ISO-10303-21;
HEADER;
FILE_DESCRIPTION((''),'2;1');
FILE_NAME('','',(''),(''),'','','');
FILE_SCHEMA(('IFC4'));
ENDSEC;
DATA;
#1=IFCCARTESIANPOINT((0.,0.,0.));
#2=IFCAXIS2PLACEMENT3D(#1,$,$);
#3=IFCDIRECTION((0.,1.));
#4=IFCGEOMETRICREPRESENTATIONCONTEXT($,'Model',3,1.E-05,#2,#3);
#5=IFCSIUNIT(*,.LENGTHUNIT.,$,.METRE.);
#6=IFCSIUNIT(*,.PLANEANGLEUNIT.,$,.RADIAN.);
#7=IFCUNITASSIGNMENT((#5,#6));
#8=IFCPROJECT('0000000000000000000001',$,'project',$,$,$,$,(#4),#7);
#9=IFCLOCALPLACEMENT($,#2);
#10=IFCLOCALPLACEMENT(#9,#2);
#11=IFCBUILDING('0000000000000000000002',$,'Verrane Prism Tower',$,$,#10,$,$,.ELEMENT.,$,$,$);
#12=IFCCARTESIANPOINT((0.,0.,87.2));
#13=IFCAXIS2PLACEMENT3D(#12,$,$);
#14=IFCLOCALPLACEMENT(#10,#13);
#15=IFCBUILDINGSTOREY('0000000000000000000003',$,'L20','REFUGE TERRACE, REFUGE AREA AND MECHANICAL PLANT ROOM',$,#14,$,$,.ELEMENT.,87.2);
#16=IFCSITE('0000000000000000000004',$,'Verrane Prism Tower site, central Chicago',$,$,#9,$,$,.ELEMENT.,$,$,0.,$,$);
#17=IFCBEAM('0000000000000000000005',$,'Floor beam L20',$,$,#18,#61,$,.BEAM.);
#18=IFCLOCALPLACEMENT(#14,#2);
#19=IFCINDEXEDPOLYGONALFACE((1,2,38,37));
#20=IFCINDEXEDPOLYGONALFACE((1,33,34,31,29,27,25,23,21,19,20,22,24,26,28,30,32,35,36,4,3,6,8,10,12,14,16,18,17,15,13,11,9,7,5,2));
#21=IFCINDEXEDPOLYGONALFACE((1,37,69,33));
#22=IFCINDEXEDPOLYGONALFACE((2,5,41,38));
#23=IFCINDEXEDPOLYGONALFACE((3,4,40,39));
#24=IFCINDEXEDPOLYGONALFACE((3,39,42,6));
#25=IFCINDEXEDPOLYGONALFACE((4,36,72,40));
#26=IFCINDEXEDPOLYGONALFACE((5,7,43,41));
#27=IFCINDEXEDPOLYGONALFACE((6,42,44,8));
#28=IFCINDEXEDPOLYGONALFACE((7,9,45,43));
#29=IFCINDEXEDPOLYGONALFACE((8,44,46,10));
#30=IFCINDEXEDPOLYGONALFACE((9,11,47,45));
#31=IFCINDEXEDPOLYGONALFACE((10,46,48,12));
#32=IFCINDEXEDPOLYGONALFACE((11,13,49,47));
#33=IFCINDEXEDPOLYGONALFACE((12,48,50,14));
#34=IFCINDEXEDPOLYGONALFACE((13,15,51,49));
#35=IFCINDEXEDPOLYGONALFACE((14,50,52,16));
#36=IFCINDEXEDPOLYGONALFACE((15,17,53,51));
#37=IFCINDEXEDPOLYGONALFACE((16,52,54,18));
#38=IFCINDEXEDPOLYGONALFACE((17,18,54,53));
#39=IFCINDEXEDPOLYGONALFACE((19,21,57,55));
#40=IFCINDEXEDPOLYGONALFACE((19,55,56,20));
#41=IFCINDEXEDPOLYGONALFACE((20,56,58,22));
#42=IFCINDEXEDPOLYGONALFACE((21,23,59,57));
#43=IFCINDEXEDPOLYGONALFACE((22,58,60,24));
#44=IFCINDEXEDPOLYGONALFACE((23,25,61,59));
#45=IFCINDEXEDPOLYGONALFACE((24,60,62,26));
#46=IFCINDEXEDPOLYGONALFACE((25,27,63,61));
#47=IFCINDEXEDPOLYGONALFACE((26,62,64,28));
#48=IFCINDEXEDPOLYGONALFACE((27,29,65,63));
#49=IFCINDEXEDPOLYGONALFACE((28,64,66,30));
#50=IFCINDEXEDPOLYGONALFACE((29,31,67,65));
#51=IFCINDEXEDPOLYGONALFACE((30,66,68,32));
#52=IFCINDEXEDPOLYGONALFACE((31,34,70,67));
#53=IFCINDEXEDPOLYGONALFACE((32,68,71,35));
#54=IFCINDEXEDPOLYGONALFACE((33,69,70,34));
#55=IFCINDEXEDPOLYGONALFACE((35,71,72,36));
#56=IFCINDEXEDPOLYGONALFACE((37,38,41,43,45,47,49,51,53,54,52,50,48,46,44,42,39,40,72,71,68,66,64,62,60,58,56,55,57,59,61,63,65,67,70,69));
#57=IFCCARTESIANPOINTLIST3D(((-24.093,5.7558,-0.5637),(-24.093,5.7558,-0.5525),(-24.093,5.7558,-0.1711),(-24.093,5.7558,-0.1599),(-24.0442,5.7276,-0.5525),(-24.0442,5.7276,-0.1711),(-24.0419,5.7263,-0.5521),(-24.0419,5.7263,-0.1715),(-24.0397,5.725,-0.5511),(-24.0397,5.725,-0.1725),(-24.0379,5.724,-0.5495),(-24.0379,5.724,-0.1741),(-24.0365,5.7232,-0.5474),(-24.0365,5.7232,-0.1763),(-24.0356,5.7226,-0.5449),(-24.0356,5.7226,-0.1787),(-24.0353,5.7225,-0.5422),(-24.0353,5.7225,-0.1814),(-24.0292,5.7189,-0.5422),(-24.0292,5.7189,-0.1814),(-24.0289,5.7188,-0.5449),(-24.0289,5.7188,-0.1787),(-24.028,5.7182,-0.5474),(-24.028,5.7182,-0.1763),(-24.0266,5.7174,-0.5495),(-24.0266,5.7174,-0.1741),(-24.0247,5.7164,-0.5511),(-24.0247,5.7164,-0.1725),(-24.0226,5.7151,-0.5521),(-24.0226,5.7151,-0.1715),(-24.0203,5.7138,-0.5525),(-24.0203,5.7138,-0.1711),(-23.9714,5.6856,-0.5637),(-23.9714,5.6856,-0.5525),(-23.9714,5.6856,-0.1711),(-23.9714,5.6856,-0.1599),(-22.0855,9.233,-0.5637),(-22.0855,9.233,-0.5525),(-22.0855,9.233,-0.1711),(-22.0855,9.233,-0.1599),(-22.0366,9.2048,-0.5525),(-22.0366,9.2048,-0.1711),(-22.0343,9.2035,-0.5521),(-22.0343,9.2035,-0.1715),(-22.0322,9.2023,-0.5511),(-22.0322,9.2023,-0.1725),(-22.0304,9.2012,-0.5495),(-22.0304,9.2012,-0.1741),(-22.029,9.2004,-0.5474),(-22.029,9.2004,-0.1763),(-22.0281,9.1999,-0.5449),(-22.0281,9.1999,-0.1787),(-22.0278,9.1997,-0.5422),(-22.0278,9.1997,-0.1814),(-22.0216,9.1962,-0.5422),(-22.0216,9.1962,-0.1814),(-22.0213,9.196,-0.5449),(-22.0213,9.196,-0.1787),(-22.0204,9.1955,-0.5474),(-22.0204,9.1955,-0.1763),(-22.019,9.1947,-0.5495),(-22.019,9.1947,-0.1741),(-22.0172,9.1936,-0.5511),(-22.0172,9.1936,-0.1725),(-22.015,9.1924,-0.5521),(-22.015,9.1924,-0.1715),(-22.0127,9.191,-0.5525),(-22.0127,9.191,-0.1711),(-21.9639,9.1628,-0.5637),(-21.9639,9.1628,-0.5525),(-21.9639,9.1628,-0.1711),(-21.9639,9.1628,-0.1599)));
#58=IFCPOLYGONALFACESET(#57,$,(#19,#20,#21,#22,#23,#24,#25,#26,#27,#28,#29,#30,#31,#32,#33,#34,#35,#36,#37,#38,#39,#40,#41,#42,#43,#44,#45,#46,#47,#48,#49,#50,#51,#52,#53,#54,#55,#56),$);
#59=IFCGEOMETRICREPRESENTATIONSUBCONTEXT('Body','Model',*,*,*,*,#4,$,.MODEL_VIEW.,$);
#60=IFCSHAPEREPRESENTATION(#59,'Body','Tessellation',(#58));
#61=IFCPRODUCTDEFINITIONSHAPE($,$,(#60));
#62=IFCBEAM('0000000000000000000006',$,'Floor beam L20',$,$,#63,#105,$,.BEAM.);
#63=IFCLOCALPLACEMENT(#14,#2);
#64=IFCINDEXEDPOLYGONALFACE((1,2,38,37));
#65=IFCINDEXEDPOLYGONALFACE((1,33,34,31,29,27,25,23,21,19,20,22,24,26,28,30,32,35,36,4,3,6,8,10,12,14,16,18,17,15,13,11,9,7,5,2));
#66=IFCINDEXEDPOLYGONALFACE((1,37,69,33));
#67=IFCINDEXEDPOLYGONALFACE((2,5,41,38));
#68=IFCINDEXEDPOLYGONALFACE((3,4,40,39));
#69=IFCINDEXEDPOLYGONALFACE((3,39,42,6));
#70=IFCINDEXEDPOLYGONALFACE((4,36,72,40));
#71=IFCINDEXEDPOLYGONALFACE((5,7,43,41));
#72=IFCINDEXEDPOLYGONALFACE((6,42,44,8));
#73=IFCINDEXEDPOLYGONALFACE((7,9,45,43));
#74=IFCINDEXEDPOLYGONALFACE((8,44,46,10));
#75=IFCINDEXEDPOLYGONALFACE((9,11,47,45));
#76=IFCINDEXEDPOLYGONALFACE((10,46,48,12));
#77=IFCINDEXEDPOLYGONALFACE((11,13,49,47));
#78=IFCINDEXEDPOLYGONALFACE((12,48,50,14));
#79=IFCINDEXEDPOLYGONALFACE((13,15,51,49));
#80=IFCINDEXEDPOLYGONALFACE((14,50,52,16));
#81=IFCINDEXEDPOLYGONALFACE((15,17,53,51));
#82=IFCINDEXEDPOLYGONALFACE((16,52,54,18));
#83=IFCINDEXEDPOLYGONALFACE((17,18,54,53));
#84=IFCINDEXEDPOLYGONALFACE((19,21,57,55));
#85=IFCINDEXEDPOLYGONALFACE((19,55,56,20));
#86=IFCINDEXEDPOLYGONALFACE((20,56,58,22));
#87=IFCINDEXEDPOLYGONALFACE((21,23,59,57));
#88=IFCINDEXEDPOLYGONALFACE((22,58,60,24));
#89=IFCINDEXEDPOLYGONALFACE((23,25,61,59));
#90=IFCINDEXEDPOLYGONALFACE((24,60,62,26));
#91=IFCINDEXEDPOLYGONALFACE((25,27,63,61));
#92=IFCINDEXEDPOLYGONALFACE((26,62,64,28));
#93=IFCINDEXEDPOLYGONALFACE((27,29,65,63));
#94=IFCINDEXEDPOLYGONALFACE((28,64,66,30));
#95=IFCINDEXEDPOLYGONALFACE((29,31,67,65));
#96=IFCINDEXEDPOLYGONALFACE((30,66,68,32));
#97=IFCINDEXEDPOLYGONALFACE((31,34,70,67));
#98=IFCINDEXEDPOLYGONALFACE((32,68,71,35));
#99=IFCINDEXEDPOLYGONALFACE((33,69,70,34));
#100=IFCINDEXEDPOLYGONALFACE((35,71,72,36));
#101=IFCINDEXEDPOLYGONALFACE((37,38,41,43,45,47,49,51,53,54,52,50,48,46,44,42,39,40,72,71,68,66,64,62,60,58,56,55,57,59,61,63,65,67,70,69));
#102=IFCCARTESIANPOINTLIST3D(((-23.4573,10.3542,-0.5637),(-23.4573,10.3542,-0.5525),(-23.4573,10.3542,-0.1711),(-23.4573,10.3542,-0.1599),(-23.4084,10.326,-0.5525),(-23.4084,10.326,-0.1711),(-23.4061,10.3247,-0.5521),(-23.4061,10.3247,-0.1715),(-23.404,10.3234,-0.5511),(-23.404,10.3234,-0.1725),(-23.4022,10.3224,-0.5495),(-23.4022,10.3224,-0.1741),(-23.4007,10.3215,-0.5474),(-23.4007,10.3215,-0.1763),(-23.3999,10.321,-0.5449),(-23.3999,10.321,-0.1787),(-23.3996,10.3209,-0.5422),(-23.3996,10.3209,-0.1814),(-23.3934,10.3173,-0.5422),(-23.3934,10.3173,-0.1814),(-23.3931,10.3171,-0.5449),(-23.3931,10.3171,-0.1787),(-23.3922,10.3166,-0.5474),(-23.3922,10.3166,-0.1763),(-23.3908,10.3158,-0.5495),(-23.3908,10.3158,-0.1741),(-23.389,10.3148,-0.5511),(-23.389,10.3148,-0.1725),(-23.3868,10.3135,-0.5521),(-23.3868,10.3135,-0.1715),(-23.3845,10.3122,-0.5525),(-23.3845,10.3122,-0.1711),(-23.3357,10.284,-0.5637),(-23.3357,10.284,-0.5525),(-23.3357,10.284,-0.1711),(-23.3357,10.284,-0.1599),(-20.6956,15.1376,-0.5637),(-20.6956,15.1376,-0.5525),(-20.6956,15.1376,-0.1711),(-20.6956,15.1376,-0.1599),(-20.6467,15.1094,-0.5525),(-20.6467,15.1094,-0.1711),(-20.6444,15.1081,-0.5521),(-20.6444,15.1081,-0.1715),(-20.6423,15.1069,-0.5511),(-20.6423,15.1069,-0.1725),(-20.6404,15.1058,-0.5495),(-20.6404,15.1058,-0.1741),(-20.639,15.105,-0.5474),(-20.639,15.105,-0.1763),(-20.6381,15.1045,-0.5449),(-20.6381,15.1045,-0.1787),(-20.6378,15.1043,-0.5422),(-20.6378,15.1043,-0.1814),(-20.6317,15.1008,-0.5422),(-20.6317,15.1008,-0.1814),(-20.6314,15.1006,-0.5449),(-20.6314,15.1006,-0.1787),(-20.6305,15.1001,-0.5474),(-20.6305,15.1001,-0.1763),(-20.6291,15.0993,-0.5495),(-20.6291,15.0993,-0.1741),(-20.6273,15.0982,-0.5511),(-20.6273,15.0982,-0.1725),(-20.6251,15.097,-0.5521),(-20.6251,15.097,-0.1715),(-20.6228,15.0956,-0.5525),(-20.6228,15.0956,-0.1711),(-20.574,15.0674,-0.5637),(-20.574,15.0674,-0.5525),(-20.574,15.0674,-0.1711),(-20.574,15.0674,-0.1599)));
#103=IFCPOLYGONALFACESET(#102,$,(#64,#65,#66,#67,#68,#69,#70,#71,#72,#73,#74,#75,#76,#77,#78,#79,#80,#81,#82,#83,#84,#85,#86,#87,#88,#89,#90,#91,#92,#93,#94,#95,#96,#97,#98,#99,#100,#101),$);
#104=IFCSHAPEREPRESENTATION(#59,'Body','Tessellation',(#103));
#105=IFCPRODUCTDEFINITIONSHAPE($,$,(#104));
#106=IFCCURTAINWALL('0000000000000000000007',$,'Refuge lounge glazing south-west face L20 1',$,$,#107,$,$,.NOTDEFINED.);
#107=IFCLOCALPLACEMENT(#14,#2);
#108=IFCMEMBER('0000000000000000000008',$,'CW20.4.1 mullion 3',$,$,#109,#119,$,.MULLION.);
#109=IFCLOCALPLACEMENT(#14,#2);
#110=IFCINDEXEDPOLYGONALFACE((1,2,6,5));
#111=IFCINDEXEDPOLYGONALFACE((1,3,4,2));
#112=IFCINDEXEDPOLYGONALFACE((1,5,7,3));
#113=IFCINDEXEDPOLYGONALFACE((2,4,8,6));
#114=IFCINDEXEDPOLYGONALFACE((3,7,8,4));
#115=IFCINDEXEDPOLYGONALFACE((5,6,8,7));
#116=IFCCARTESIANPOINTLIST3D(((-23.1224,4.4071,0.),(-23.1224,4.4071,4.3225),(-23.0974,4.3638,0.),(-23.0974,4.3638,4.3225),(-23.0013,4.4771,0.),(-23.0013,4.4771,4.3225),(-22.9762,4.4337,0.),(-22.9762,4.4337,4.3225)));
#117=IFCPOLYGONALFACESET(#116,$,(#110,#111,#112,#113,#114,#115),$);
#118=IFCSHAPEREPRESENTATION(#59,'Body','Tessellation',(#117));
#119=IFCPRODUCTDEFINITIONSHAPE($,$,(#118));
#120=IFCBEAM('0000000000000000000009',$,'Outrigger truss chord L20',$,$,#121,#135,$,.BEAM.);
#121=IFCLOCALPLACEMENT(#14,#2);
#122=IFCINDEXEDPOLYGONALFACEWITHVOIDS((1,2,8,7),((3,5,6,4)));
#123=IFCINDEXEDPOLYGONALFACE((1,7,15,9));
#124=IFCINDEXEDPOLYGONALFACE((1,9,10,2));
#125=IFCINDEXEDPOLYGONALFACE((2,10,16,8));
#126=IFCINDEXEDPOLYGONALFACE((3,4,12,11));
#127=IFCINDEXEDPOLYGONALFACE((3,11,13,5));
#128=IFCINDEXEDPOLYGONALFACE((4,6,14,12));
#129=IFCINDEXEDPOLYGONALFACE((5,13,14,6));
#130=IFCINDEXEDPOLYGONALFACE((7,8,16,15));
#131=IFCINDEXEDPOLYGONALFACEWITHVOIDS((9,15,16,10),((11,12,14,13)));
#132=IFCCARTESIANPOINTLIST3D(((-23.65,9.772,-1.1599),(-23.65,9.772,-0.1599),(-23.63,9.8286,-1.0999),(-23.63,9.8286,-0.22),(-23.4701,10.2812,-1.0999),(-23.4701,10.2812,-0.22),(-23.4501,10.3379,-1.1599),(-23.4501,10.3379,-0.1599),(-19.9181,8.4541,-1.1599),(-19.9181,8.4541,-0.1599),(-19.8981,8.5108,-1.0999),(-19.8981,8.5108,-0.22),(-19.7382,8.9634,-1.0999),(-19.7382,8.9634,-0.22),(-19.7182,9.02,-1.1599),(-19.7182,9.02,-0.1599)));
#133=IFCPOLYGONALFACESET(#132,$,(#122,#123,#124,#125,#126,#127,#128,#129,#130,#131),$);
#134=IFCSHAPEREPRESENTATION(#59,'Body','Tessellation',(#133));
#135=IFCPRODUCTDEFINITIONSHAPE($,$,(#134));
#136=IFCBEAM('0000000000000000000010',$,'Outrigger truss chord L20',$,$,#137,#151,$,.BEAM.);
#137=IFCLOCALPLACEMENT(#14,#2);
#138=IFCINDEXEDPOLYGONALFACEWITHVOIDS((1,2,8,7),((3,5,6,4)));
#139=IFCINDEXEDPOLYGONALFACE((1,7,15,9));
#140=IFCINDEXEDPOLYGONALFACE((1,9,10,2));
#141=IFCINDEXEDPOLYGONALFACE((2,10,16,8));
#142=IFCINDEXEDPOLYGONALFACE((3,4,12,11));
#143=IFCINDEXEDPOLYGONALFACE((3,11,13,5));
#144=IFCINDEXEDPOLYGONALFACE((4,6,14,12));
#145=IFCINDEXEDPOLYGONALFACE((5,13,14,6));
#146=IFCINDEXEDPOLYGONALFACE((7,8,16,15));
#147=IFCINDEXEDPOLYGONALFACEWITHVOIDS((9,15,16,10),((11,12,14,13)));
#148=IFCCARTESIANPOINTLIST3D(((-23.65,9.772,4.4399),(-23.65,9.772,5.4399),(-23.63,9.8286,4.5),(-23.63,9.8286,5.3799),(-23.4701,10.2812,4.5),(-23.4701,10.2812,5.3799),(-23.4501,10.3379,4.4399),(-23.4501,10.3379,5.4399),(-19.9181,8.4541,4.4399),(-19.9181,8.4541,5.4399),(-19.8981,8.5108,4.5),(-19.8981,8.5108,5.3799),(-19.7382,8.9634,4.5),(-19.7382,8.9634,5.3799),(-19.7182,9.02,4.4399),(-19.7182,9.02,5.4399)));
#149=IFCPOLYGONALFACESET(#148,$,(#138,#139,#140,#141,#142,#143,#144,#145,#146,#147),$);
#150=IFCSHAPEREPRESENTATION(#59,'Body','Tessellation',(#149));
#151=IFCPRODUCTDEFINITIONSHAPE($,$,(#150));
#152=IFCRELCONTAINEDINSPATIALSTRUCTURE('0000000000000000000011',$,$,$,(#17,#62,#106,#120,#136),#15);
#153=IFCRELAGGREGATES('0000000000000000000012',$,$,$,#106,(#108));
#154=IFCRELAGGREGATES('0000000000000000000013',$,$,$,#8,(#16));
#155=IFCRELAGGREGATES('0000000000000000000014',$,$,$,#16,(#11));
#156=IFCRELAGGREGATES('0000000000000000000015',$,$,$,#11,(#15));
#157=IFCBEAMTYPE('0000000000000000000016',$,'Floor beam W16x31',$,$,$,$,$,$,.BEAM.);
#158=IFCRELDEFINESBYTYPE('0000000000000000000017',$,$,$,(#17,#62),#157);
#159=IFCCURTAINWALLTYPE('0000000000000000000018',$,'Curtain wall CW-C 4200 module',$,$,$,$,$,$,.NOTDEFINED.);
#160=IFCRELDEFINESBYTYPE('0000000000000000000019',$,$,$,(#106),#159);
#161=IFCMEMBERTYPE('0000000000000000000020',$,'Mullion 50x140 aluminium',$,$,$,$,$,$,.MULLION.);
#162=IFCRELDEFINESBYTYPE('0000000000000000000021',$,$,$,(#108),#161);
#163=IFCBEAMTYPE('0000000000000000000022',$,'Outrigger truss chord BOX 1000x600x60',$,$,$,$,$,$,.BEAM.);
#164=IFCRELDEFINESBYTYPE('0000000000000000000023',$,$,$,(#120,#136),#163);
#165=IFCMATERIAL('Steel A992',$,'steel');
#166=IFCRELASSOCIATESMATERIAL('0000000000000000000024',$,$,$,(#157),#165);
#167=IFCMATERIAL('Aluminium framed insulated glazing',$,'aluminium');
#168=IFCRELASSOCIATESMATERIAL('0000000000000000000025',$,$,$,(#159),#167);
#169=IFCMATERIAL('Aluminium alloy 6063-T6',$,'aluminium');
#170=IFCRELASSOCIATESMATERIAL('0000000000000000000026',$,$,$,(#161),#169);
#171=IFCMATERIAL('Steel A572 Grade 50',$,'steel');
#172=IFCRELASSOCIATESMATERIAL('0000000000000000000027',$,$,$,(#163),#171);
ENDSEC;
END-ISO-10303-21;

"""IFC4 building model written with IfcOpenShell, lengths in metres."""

from ifc_helpers import new_model, si_unit, direction, frame, origin, origin_2d, place, context, subcontext, project, spatial, rectangle, hollow_rectangle, i_section, extrude, material, material_profile, profile_set, type_object, element, aggregate, save


model = new_model("IFC4")

# Units and contexts
model_context = context("Model", 3, precision=1e-05, world=origin(), true_north=direction((0.0, 1.0)))
body_context = subcontext(model_context, "Body", "Model", "MODEL_VIEW")
ifc_project = project(units=[si_unit("LENGTHUNIT", "METRE"), si_unit("PLANEANGLEUNIT", "RADIAN")], contexts=[model_context])

# Site, building, storey
site_placement = place(None, origin())
site = spatial("IfcSite", under=ifc_project, at=site_placement, Name="Verrane Prism Tower site, central Chicago", CompositionType="ELEMENT", RefElevation=0.0)
building_placement = place(site_placement, origin())
building = spatial("IfcBuilding", under=site, at=building_placement, Name="Verrane Prism Tower", CompositionType="ELEMENT")
storey_placement = place(building_placement, frame((0.0, 0.0, 87.2)))
storey = spatial("IfcBuildingStorey", under=building, at=storey_placement, Name="L20", Description="REFUGE TERRACE, REFUGE AREA AND MECHANICAL PLANT ROOM", CompositionType="ELEMENT", Elevation=87.2)

# Beams
ifc_material_1 = material(Name="Steel A992", Category="steel")
ifc_material_profile_1 = material_profile(ifc_material_1, i_section(OverallWidth=0.1404, OverallDepth=0.4038, WebThickness=0.0071, FlangeThickness=0.0112, FilletRadius=0.0103, at=origin_2d()), Name="W16x31")
ifc_profile_set_1 = profile_set([ifc_material_profile_1], Name="Steel A992")
beam_type_1 = type_object("IfcBeamType", Name="Floor beam W16x31", PredefinedType="BEAM", material=ifc_profile_set_1)
beam_1_placement = place(storey_placement, frame((-24.0322, 5.7207, -0.3618), z_axis=(0.499991, 0.866031, 0.0), x_axis=(-0.866031, 0.499991, 0.0)))
element("IfcBeam", 1, at=beam_1_placement, inside=storey, type_object=beam_type_1, Name="Floor beam L20", PredefinedType="BEAM", context=body_context, shape_type="SweptSolid", body=[
    extrude(i_section(OverallWidth=0.1404, OverallDepth=0.4038, WebThickness=0.0071, FlangeThickness=0.0112, FilletRadius=0.0103, at=origin_2d()), origin(), (0.0, 0.0, 1.0), 4.0151),
])
beam_2_placement = place(storey_placement, frame((-23.3965, 10.3191, -0.3618), z_axis=(0.499999, 0.866026, 0.0), x_axis=(-0.866026, 0.499999, 0.0)))
element("IfcBeam", 2, at=beam_2_placement, inside=storey, type_object=beam_type_1, Name="Floor beam L20", PredefinedType="BEAM", context=body_context, shape_type="SweptSolid", body=[
    extrude(i_section(OverallWidth=0.1404, OverallDepth=0.4038, WebThickness=0.0071, FlangeThickness=0.0112, FilletRadius=0.0103, at=origin_2d()), origin(), (0.0, 0.0, 1.0), 5.5234),
])

# Curtain wall, member
ifc_material_2 = material(Name="Aluminium framed insulated glazing", Category="aluminium")
curtain_wall_type = type_object("IfcCurtainWallType", Name="Curtain wall CW-C 4200 module", PredefinedType="NOTDEFINED", material=ifc_material_2)
curtain_wall_placement = place(storey_placement, origin())
curtain_wall = element("IfcCurtainWall", 3, at=curtain_wall_placement, inside=storey, type_object=curtain_wall_type, Name="Refuge lounge glazing south-west face L20 1", PredefinedType="NOTDEFINED")
ifc_material_3 = material(Name="Aluminium alloy 6063-T6", Category="aluminium")
ifc_material_profile_2 = material_profile(ifc_material_3, rectangle(XDim=0.1399, YDim=0.05, at=origin_2d()), Name="Mullion 50x140 aluminium")
ifc_profile_set_2 = profile_set([ifc_material_profile_2], Name="Aluminium alloy 6063-T6")
member_type_1 = type_object("IfcMemberType", Name="Mullion 50x140 aluminium", PredefinedType="MULLION", material=ifc_profile_set_2)
member_1_placement = place(storey_placement, frame((-23.0493, 4.4204, 0.0), z_axis=(0.0, 0.0, 1.0), x_axis=(0.866024, 0.500002, 0.0)))
member_1 = element("IfcMember", 4, at=member_1_placement, type_object=member_type_1, Name="CW20.4.1 mullion 3", PredefinedType="MULLION", context=body_context, shape_type="SweptSolid", body=[
    extrude(rectangle(XDim=0.1399, YDim=0.05, at=origin_2d()), origin(), (0.0, 0.0, 1.0), 4.3225),
])

# Beams
ifc_material_4 = material(Name="Steel A572 Grade 50", Category="steel")
ifc_material_profile_3 = material_profile(ifc_material_4, hollow_rectangle(XDim=0.6001, YDim=1.0, WallThickness=0.0601, at=origin_2d()), Name="BOX 1000x600x60")
ifc_profile_set_3 = profile_set([ifc_material_profile_3], Name="Steel A572 Grade 50")
beam_type_2 = type_object("IfcBeamType", Name="Outrigger truss chord BOX 1000x600x60", PredefinedType="BEAM", material=ifc_profile_set_3)
for number, where, z_axis, x_axis, name in (
    (5, (-23.55, 10.0549, -0.6599), (0.942933, -0.332981, 0.0), (0.332981, 0.942933, 0.0), "Outrigger truss chord L20"),
    (6, (-23.55, 10.0549, 4.9399), (0.942933, -0.332981, 0.0), (0.332981, 0.942933, 0.0), "Outrigger truss chord L20"),
):
    element("IfcBeam", number, at=place(storey_placement, frame(where, z_axis=z_axis, x_axis=x_axis)), inside=storey, type_object=beam_type_2, Name=name, PredefinedType="BEAM", context=body_context, shape_type="SweptSolid", body=[
        extrude(hollow_rectangle(XDim=0.6001, YDim=1.0, WallThickness=0.0601, at=origin_2d()), origin(), (0.0, 0.0, 1.0), 3.9578),
    ])

aggregate(curtain_wall, [member_1])

save(model, "model.ifc")
